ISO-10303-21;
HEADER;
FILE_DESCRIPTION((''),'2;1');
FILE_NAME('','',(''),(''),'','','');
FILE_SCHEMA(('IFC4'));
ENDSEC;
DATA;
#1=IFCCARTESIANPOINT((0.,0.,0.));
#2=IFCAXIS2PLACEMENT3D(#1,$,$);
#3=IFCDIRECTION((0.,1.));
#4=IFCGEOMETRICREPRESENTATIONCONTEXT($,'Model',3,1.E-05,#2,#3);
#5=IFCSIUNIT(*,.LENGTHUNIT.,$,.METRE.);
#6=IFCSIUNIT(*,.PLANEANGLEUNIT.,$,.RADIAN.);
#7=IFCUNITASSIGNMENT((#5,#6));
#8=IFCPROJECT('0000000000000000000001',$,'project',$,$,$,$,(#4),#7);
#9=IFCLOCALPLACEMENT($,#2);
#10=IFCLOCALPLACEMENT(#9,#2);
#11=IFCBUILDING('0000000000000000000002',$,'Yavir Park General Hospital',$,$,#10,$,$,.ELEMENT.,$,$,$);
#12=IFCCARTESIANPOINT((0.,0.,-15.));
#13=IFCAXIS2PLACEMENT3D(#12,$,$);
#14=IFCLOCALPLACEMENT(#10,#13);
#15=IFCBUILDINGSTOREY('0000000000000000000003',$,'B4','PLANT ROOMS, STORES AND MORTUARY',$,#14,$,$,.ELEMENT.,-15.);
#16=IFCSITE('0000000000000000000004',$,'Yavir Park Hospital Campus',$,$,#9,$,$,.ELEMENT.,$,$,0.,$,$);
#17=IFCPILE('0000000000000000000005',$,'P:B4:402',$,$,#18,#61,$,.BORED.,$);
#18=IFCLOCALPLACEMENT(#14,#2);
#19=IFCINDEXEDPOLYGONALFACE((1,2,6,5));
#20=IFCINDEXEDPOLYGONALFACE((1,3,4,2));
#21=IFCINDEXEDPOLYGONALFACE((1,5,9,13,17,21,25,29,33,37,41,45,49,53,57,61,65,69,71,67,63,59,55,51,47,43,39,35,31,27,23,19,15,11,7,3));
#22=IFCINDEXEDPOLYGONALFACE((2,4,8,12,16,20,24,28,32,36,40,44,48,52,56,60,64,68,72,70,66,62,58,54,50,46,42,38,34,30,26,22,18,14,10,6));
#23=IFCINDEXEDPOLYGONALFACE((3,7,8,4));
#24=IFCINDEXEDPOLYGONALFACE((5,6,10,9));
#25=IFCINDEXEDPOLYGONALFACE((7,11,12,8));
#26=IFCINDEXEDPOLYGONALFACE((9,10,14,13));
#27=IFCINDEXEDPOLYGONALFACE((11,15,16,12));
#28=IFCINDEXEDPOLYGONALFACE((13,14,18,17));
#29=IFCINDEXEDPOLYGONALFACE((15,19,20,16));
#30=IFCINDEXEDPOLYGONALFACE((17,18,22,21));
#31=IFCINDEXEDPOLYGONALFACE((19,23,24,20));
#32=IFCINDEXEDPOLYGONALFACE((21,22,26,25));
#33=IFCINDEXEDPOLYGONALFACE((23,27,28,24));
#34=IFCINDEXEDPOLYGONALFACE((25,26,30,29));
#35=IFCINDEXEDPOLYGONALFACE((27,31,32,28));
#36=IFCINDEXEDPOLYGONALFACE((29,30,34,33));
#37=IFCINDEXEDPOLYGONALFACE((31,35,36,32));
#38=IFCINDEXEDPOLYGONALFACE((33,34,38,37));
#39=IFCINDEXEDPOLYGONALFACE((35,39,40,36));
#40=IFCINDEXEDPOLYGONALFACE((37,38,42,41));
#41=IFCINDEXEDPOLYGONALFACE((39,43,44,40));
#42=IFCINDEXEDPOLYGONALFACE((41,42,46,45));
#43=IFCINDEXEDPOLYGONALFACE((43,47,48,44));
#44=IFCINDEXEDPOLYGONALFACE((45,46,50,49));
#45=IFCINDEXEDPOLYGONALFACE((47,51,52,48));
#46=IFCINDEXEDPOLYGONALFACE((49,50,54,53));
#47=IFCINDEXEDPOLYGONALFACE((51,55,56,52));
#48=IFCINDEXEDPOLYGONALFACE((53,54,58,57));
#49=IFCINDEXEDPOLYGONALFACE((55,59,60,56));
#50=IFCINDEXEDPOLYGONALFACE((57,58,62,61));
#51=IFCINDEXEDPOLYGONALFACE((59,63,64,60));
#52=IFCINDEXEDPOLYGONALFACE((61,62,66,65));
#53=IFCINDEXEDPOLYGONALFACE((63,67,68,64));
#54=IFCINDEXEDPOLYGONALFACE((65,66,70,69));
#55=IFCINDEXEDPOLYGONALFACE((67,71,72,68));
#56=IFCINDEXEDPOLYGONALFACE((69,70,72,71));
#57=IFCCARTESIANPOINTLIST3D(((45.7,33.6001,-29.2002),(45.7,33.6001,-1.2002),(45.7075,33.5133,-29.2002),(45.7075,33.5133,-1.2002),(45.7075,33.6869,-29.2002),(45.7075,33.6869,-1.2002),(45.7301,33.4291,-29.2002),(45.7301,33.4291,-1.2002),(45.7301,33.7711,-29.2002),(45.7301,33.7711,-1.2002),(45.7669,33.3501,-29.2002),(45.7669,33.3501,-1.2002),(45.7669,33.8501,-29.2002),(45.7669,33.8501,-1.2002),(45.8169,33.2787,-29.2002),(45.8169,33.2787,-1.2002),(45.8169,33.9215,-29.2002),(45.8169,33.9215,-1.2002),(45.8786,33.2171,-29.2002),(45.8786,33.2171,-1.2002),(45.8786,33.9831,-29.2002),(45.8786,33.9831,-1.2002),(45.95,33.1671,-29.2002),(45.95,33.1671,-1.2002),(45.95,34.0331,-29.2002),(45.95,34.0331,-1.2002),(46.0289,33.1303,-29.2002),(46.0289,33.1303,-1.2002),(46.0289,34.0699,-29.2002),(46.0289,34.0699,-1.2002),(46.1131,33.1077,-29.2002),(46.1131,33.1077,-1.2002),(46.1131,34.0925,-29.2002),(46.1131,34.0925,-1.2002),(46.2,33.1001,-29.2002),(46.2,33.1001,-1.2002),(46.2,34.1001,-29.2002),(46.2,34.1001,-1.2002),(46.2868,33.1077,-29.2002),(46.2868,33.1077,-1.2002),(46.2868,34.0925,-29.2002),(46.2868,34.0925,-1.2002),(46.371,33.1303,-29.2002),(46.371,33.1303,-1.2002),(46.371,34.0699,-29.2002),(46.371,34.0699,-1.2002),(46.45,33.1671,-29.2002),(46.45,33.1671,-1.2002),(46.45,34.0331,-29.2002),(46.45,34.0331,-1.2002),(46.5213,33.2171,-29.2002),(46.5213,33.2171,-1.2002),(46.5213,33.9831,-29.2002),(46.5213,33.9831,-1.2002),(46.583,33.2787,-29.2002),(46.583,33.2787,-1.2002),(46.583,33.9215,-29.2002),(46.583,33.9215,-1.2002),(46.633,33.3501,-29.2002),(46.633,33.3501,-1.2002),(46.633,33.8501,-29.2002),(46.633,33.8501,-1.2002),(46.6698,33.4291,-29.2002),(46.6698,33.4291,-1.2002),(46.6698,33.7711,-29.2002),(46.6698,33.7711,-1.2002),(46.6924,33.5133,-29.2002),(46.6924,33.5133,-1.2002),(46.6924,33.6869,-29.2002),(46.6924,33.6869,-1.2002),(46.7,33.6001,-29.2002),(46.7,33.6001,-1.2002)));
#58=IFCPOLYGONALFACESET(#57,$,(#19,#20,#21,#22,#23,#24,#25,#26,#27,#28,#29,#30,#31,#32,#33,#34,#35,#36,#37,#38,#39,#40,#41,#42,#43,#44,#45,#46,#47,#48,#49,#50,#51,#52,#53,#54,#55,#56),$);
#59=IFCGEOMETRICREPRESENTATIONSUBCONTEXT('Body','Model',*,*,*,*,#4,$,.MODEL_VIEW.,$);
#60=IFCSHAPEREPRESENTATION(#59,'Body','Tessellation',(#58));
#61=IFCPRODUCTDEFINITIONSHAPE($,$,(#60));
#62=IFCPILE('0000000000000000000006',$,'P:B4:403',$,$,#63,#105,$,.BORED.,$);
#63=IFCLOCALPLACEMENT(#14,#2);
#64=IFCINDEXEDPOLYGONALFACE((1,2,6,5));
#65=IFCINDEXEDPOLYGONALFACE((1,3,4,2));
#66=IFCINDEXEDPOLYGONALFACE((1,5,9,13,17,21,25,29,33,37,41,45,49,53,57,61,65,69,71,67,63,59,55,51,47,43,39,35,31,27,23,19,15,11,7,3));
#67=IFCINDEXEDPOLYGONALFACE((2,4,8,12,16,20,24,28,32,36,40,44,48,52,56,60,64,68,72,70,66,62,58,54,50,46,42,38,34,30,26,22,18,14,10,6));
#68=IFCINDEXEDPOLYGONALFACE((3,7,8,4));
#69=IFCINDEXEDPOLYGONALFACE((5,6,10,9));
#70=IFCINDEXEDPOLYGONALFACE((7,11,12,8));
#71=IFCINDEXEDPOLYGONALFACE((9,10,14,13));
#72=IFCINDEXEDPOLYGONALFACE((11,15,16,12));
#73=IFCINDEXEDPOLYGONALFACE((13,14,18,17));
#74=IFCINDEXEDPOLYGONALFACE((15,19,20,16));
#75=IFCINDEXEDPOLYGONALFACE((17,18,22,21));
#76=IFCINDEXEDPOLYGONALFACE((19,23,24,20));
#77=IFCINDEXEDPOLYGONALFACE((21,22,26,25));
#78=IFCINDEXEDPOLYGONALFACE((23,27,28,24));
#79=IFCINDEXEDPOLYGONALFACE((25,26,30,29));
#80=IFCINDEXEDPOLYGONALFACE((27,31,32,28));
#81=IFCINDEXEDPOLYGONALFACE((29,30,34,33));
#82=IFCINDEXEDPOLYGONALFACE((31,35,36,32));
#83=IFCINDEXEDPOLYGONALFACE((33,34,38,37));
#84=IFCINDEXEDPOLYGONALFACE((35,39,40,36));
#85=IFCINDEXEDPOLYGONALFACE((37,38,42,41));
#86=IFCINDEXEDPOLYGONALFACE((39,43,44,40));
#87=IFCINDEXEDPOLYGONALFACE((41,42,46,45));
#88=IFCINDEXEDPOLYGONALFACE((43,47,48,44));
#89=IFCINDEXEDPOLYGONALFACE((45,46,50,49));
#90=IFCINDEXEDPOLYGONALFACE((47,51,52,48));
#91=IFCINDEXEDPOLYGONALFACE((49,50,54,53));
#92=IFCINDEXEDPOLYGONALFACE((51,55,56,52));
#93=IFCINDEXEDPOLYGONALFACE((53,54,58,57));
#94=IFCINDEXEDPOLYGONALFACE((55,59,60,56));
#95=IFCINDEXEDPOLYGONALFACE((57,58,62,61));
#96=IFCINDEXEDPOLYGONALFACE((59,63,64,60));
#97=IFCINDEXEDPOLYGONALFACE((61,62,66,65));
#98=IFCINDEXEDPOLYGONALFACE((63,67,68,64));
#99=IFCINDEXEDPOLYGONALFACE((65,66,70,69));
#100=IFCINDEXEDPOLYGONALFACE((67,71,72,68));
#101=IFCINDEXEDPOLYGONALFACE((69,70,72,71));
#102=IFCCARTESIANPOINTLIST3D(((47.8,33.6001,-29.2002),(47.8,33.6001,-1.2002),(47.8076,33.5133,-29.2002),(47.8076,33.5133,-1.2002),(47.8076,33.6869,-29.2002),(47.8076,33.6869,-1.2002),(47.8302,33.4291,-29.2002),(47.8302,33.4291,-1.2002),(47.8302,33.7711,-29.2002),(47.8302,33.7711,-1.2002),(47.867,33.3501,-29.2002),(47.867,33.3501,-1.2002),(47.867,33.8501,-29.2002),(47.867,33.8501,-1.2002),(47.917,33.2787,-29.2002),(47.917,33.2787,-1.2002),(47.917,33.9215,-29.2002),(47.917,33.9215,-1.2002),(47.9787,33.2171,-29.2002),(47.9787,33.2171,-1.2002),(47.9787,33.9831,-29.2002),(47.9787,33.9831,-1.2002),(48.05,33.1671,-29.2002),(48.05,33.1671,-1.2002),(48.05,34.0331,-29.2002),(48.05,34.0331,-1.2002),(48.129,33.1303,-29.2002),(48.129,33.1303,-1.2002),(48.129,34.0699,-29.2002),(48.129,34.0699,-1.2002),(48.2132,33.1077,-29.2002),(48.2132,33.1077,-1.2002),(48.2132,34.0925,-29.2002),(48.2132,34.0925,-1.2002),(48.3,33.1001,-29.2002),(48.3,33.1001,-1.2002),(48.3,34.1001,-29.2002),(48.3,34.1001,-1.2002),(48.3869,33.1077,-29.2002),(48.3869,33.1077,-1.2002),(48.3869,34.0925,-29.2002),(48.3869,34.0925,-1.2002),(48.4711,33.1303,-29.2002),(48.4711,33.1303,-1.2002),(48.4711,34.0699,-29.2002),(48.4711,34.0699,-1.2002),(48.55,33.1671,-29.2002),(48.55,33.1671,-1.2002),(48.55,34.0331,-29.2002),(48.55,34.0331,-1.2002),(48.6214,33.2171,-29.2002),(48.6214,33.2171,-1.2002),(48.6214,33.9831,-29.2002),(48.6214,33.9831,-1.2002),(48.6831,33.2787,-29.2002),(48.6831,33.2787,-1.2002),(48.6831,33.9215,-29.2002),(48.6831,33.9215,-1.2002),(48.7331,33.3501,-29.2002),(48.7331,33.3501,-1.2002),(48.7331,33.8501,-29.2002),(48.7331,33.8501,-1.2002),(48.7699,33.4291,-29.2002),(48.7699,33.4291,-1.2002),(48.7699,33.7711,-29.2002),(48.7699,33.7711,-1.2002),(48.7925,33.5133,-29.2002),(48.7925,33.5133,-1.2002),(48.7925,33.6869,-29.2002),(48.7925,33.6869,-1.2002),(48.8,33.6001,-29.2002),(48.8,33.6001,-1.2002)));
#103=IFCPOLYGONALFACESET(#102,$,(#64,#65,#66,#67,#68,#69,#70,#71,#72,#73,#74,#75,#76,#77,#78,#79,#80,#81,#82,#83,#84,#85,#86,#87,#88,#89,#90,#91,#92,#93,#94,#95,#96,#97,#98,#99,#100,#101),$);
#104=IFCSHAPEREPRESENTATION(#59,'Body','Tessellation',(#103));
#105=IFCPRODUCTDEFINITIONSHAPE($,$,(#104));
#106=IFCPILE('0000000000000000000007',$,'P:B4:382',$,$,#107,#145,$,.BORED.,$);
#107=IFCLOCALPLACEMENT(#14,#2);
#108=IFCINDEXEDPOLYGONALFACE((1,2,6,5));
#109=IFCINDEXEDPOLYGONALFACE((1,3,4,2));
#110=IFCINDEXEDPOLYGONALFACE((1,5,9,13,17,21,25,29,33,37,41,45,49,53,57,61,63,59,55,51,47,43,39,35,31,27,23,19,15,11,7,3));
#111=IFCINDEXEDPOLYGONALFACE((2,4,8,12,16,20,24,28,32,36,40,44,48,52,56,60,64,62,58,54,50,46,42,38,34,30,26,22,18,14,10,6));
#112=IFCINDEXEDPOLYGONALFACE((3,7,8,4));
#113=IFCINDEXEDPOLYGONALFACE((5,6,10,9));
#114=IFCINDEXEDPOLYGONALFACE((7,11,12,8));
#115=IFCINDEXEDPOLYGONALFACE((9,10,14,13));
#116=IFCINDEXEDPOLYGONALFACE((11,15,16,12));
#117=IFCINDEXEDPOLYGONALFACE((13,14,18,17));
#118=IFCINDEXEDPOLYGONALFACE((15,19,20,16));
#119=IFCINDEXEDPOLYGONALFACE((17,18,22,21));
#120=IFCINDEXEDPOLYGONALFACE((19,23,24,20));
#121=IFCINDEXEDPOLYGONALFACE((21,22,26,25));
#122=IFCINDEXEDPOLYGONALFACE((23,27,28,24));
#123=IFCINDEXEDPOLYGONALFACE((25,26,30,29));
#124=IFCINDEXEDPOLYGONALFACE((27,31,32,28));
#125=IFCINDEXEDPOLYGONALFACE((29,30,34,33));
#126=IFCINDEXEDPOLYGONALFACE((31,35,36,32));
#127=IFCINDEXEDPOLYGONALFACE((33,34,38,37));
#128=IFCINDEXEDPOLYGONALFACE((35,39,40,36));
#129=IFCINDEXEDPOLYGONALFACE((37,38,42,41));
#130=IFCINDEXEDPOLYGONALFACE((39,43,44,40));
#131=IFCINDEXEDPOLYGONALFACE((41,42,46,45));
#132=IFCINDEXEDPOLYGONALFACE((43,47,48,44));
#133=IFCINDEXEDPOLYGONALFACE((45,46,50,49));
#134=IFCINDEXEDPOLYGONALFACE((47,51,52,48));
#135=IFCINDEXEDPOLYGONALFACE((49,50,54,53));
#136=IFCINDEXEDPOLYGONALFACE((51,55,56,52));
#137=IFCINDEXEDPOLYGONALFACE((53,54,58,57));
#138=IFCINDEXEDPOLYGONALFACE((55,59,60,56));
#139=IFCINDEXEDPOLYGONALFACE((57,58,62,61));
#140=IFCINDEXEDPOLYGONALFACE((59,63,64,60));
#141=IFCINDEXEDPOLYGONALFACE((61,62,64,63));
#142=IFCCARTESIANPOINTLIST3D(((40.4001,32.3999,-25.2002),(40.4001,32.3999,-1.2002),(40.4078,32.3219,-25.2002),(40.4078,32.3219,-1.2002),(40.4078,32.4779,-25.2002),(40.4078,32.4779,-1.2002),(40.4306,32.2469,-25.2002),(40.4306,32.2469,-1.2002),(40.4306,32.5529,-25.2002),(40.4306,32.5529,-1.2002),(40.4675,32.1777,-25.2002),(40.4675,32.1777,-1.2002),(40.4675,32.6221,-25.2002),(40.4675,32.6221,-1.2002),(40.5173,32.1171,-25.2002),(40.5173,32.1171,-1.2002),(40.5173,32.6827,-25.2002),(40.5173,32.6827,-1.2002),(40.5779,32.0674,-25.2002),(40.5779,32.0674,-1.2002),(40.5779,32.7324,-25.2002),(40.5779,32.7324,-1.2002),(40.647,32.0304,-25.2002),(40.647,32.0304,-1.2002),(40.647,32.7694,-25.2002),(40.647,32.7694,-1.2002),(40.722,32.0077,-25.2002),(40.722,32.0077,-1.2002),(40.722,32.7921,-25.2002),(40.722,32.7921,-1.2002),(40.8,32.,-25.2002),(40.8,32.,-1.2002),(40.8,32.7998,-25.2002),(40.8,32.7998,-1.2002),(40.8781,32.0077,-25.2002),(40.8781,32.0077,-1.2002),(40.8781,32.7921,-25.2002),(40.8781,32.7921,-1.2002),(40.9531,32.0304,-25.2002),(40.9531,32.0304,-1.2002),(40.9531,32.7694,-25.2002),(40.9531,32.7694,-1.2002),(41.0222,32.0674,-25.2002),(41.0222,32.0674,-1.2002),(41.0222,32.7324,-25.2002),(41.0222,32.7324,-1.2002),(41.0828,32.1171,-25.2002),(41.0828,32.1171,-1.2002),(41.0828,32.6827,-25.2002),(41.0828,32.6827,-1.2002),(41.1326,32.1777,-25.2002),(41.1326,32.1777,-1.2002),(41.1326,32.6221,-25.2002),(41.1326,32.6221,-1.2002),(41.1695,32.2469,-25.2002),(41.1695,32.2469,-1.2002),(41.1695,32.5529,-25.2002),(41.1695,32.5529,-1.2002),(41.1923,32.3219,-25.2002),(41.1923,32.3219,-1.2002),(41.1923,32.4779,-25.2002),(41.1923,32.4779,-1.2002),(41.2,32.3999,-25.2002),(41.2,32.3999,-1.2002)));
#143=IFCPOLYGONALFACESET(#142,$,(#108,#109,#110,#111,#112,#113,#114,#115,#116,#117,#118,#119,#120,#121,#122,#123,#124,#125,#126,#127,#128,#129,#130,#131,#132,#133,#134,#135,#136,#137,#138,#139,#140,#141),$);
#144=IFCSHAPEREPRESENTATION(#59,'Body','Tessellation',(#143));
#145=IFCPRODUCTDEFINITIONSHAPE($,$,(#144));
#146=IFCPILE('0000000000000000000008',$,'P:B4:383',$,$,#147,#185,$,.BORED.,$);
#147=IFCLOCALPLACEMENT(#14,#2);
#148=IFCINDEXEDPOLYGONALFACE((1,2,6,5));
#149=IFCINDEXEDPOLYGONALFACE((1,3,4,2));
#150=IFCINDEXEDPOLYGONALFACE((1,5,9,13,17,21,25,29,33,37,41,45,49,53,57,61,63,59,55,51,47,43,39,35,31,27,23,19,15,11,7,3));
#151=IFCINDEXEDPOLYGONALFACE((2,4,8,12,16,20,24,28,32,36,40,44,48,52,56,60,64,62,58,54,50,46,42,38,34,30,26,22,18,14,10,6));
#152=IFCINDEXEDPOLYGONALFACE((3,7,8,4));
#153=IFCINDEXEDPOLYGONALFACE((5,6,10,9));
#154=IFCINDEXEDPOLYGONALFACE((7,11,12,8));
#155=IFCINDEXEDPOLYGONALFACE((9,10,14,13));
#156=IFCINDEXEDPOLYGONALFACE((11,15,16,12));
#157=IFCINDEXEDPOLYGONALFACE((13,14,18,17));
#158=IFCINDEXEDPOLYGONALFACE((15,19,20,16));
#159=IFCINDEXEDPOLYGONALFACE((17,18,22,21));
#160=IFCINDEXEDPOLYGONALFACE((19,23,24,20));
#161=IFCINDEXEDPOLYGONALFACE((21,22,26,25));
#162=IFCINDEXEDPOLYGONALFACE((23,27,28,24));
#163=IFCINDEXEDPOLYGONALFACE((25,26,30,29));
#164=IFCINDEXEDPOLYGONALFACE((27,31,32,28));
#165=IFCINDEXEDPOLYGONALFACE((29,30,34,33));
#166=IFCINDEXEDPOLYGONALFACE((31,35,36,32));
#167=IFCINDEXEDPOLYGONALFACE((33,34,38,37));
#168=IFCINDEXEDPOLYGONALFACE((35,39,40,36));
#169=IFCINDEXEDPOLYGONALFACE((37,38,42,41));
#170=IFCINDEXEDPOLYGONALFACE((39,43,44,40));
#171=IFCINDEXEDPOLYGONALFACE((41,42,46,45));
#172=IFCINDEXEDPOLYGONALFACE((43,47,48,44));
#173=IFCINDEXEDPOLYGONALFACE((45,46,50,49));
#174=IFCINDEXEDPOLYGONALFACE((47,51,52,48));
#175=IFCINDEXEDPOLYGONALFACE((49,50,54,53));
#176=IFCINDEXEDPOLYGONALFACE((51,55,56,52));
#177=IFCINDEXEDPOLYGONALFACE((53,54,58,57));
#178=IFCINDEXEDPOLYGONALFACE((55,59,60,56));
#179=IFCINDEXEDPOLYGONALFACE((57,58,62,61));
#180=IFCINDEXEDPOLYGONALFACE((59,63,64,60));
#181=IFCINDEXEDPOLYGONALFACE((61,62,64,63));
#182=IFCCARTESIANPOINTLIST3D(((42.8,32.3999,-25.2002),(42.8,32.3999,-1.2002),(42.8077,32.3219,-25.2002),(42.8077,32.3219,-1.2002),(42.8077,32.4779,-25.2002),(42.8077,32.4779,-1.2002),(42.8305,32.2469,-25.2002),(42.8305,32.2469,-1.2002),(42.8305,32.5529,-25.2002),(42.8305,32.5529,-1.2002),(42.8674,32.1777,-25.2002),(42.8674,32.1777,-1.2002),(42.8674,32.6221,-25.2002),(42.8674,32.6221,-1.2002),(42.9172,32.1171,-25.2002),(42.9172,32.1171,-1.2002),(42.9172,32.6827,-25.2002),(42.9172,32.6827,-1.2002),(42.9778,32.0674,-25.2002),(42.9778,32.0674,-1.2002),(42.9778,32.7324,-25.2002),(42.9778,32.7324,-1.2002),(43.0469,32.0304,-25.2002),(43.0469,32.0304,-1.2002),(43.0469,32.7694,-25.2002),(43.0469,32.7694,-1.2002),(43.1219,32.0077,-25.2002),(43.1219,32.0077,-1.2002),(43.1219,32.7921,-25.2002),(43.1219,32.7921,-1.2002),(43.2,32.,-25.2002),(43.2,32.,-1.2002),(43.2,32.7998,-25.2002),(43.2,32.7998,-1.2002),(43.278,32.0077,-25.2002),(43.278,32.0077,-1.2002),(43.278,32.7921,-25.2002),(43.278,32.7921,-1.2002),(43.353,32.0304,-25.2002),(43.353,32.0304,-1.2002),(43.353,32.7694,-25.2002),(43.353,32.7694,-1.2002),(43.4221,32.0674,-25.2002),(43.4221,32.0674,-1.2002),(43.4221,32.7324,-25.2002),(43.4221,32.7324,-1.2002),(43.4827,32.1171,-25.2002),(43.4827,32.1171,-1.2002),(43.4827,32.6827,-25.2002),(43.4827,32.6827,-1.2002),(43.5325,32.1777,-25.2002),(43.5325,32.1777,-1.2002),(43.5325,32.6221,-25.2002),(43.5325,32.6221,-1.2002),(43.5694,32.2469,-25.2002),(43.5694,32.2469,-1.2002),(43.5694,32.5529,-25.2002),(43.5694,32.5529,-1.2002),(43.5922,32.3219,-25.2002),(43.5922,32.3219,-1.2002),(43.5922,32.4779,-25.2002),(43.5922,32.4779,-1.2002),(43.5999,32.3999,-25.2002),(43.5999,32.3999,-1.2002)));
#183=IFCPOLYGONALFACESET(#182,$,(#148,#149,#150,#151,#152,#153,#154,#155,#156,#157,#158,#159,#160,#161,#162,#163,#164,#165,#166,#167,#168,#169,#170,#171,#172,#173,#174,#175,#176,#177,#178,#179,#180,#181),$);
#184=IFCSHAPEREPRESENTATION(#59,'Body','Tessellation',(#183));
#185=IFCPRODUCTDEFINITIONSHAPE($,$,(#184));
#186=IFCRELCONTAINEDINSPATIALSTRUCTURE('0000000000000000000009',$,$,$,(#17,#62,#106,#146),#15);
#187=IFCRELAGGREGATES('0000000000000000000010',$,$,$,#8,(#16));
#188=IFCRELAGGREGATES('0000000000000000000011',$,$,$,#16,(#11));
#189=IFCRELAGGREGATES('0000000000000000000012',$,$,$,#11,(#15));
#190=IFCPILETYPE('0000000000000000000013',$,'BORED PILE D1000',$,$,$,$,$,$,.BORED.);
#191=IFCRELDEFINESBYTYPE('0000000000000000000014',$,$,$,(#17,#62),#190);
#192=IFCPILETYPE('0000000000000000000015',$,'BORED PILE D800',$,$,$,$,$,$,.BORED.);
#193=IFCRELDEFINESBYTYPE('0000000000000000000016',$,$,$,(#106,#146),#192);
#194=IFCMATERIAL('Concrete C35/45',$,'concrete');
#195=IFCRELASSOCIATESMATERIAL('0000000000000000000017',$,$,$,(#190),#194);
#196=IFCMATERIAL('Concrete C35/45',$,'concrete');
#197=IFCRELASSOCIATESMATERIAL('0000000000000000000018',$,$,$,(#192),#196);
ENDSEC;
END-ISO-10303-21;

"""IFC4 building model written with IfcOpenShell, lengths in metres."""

from ifc_helpers import new_model, si_unit, direction, frame, origin, origin_2d, place, context, subcontext, project, spatial, circle, extrude, material, material_profile, profile_set, type_object, element, save


model = new_model("IFC4")

# Units and contexts
model_context = context("Model", 3, precision=1e-05, world=origin(), true_north=direction((0.0, 1.0)))
body_context = subcontext(model_context, "Body", "Model", "MODEL_VIEW")
ifc_project = project(units=[si_unit("LENGTHUNIT", "METRE"), si_unit("PLANEANGLEUNIT", "RADIAN")], contexts=[model_context])

# Site, building, storey
site_placement = place(None, origin())
site = spatial("IfcSite", under=ifc_project, at=site_placement, Name="Yavir Park Hospital Campus", CompositionType="ELEMENT", RefElevation=0.0)
building_placement = place(site_placement, origin())
building = spatial("IfcBuilding", under=site, at=building_placement, Name="Yavir Park General Hospital", CompositionType="ELEMENT")
storey_placement = place(building_placement, frame((0.0, 0.0, -15.0)))
storey = spatial("IfcBuildingStorey", under=building, at=storey_placement, Name="B4", Description="PLANT ROOMS, STORES AND MORTUARY", CompositionType="ELEMENT", Elevation=-15.0)

# Piles
ifc_material_1 = material(Name="Concrete C35/45", Category="concrete")
ifc_material_profile_1 = material_profile(ifc_material_1, circle(Radius=0.5, at=origin_2d()), Name="D1000")
ifc_profile_set_1 = profile_set([ifc_material_profile_1], Name="Concrete C35/45")
pile_type_1 = type_object("IfcPileType", Name="BORED PILE D1000", PredefinedType="BORED", material=ifc_profile_set_1)
for number, where, z_axis, x_axis, name in (
    (1, (46.2, 33.6001, -1.2002), (0.0, 0.0, -1.0), (1.0, 0.0, 0.0), "P:B4:402"),
    (2, (48.3, 33.6001, -1.2002), (0.0, 0.0, -1.0), (1.0, 0.0, 0.0), "P:B4:403"),
):
    element("IfcPile", number, at=place(storey_placement, frame(where, z_axis=z_axis, x_axis=x_axis)), inside=storey, type_object=pile_type_1, Name=name, PredefinedType="BORED", context=body_context, shape_type="SweptSolid", body=[
        extrude(circle(Radius=0.5, at=origin_2d()), origin(), (0.0, 0.0, 1.0), 28.0),
    ])
ifc_material_2 = material(Name="Concrete C35/45", Category="concrete")
ifc_material_profile_2 = material_profile(ifc_material_2, circle(Radius=0.3999, at=origin_2d()), Name="D800")
ifc_profile_set_2 = profile_set([ifc_material_profile_2], Name="Concrete C35/45")
pile_type_2 = type_object("IfcPileType", Name="BORED PILE D800", PredefinedType="BORED", material=ifc_profile_set_2)
for number, where, z_axis, x_axis, name in (
    (3, (40.8, 32.3999, -1.2002), (0.0, 0.0, -1.0), (1.0, 0.0, 0.0), "P:B4:382"),
    (4, (43.2, 32.3999, -1.2002), (0.0, 0.0, -1.0), (1.0, 0.0, 0.0), "P:B4:383"),
):
    element("IfcPile", number, at=place(storey_placement, frame(where, z_axis=z_axis, x_axis=x_axis)), inside=storey, type_object=pile_type_2, Name=name, PredefinedType="BORED", context=body_context, shape_type="SweptSolid", body=[
        extrude(circle(Radius=0.3999, at=origin_2d()), origin(), (0.0, 0.0, 1.0), 24.0),
    ])

save(model, "model.ifc")
